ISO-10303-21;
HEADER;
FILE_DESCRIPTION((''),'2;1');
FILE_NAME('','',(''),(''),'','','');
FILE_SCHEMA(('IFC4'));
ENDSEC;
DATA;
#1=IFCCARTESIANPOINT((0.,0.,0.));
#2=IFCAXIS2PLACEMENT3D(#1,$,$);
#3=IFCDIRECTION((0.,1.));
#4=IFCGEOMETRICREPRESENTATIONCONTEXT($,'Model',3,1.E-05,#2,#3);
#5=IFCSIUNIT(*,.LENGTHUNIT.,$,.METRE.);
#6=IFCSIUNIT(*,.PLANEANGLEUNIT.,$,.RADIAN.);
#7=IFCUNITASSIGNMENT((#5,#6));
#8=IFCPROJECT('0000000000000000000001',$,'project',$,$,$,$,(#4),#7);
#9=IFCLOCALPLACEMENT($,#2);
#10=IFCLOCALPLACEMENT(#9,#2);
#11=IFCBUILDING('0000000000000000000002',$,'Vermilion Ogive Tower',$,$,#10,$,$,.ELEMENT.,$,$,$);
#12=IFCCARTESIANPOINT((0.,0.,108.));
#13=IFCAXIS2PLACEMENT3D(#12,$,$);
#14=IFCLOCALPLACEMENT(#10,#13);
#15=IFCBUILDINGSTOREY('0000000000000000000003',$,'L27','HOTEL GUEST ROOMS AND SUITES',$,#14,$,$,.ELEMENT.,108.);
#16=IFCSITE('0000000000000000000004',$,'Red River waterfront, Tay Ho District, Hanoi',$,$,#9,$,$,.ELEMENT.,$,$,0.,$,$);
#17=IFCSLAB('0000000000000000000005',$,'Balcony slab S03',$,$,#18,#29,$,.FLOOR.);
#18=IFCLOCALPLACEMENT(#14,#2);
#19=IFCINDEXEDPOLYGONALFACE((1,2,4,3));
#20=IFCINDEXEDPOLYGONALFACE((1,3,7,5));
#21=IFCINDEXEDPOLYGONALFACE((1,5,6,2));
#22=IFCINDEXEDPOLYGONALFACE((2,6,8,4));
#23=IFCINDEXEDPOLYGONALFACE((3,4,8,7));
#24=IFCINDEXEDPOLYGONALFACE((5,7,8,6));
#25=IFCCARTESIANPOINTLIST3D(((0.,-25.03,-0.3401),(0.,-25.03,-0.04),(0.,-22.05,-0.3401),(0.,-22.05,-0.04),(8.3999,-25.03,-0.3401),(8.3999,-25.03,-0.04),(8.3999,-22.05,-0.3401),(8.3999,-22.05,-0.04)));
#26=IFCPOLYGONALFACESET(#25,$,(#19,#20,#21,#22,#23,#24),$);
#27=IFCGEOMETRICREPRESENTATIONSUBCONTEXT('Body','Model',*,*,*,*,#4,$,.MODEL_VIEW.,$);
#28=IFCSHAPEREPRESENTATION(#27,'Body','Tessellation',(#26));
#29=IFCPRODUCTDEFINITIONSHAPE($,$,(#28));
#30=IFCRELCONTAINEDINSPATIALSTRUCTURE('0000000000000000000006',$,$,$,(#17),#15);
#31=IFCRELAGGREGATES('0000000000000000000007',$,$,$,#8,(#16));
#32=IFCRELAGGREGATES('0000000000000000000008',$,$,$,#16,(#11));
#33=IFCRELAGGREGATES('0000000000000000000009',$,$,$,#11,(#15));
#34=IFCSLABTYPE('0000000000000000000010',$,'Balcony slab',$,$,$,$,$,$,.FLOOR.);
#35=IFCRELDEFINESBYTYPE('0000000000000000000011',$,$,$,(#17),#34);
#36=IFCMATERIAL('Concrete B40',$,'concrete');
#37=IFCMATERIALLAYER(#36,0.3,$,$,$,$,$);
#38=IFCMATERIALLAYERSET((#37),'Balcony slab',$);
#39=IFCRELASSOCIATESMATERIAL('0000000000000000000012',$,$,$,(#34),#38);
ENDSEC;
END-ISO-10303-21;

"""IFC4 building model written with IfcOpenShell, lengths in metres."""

from ifc_helpers import new_model, si_unit, direction, frame, origin, place, context, subcontext, project, spatial, polyline, outline, extrude, material, layer, layer_set, type_object, element, save


model = new_model("IFC4")

# Units and contexts
model_context = context("Model", 3, precision=1e-05, world=origin(), true_north=direction((0.0, 1.0)))
body_context = subcontext(model_context, "Body", "Model", "MODEL_VIEW")
ifc_project = project(units=[si_unit("LENGTHUNIT", "METRE"), si_unit("PLANEANGLEUNIT", "RADIAN")], contexts=[model_context])

# Site, building, storey
site_placement = place(None, origin())
site = spatial("IfcSite", under=ifc_project, at=site_placement, Name="Red River waterfront, Tay Ho District, Hanoi", CompositionType="ELEMENT", RefElevation=0.0)
building_placement = place(site_placement, origin())
building = spatial("IfcBuilding", under=site, at=building_placement, Name="Vermilion Ogive Tower", CompositionType="ELEMENT")
storey_placement = place(building_placement, frame((0.0, 0.0, 108.0)))
storey = spatial("IfcBuildingStorey", under=building, at=storey_placement, Name="L27", Description="HOTEL GUEST ROOMS AND SUITES", CompositionType="ELEMENT", Elevation=108.0)

# Slab
ifc_material_1 = material(Name="Concrete B40", Category="concrete")
ifc_layer_1 = layer(ifc_material_1, 0.3)
ifc_layer_set_1 = layer_set([ifc_layer_1], Name="Balcony slab")
slab_type_1 = type_object("IfcSlabType", Name="Balcony slab", PredefinedType="FLOOR", material=ifc_layer_set_1)
slab_1_placement = place(storey_placement, frame((0.0, 0.0, -0.3401)))
element("IfcSlab", 1, at=slab_1_placement, inside=storey, type_object=slab_type_1, Name="Balcony slab S03", PredefinedType="FLOOR", context=body_context, shape_type="SweptSolid", body=[
    extrude(outline(polyline([(0.0, -25.03), (8.3999, -25.03), (8.3999, -22.05), (0.0, -22.05), (0.0, -25.03)])), origin(), (0.0, 0.0, 1.0), 0.3),
])

save(model, "model.ifc")
